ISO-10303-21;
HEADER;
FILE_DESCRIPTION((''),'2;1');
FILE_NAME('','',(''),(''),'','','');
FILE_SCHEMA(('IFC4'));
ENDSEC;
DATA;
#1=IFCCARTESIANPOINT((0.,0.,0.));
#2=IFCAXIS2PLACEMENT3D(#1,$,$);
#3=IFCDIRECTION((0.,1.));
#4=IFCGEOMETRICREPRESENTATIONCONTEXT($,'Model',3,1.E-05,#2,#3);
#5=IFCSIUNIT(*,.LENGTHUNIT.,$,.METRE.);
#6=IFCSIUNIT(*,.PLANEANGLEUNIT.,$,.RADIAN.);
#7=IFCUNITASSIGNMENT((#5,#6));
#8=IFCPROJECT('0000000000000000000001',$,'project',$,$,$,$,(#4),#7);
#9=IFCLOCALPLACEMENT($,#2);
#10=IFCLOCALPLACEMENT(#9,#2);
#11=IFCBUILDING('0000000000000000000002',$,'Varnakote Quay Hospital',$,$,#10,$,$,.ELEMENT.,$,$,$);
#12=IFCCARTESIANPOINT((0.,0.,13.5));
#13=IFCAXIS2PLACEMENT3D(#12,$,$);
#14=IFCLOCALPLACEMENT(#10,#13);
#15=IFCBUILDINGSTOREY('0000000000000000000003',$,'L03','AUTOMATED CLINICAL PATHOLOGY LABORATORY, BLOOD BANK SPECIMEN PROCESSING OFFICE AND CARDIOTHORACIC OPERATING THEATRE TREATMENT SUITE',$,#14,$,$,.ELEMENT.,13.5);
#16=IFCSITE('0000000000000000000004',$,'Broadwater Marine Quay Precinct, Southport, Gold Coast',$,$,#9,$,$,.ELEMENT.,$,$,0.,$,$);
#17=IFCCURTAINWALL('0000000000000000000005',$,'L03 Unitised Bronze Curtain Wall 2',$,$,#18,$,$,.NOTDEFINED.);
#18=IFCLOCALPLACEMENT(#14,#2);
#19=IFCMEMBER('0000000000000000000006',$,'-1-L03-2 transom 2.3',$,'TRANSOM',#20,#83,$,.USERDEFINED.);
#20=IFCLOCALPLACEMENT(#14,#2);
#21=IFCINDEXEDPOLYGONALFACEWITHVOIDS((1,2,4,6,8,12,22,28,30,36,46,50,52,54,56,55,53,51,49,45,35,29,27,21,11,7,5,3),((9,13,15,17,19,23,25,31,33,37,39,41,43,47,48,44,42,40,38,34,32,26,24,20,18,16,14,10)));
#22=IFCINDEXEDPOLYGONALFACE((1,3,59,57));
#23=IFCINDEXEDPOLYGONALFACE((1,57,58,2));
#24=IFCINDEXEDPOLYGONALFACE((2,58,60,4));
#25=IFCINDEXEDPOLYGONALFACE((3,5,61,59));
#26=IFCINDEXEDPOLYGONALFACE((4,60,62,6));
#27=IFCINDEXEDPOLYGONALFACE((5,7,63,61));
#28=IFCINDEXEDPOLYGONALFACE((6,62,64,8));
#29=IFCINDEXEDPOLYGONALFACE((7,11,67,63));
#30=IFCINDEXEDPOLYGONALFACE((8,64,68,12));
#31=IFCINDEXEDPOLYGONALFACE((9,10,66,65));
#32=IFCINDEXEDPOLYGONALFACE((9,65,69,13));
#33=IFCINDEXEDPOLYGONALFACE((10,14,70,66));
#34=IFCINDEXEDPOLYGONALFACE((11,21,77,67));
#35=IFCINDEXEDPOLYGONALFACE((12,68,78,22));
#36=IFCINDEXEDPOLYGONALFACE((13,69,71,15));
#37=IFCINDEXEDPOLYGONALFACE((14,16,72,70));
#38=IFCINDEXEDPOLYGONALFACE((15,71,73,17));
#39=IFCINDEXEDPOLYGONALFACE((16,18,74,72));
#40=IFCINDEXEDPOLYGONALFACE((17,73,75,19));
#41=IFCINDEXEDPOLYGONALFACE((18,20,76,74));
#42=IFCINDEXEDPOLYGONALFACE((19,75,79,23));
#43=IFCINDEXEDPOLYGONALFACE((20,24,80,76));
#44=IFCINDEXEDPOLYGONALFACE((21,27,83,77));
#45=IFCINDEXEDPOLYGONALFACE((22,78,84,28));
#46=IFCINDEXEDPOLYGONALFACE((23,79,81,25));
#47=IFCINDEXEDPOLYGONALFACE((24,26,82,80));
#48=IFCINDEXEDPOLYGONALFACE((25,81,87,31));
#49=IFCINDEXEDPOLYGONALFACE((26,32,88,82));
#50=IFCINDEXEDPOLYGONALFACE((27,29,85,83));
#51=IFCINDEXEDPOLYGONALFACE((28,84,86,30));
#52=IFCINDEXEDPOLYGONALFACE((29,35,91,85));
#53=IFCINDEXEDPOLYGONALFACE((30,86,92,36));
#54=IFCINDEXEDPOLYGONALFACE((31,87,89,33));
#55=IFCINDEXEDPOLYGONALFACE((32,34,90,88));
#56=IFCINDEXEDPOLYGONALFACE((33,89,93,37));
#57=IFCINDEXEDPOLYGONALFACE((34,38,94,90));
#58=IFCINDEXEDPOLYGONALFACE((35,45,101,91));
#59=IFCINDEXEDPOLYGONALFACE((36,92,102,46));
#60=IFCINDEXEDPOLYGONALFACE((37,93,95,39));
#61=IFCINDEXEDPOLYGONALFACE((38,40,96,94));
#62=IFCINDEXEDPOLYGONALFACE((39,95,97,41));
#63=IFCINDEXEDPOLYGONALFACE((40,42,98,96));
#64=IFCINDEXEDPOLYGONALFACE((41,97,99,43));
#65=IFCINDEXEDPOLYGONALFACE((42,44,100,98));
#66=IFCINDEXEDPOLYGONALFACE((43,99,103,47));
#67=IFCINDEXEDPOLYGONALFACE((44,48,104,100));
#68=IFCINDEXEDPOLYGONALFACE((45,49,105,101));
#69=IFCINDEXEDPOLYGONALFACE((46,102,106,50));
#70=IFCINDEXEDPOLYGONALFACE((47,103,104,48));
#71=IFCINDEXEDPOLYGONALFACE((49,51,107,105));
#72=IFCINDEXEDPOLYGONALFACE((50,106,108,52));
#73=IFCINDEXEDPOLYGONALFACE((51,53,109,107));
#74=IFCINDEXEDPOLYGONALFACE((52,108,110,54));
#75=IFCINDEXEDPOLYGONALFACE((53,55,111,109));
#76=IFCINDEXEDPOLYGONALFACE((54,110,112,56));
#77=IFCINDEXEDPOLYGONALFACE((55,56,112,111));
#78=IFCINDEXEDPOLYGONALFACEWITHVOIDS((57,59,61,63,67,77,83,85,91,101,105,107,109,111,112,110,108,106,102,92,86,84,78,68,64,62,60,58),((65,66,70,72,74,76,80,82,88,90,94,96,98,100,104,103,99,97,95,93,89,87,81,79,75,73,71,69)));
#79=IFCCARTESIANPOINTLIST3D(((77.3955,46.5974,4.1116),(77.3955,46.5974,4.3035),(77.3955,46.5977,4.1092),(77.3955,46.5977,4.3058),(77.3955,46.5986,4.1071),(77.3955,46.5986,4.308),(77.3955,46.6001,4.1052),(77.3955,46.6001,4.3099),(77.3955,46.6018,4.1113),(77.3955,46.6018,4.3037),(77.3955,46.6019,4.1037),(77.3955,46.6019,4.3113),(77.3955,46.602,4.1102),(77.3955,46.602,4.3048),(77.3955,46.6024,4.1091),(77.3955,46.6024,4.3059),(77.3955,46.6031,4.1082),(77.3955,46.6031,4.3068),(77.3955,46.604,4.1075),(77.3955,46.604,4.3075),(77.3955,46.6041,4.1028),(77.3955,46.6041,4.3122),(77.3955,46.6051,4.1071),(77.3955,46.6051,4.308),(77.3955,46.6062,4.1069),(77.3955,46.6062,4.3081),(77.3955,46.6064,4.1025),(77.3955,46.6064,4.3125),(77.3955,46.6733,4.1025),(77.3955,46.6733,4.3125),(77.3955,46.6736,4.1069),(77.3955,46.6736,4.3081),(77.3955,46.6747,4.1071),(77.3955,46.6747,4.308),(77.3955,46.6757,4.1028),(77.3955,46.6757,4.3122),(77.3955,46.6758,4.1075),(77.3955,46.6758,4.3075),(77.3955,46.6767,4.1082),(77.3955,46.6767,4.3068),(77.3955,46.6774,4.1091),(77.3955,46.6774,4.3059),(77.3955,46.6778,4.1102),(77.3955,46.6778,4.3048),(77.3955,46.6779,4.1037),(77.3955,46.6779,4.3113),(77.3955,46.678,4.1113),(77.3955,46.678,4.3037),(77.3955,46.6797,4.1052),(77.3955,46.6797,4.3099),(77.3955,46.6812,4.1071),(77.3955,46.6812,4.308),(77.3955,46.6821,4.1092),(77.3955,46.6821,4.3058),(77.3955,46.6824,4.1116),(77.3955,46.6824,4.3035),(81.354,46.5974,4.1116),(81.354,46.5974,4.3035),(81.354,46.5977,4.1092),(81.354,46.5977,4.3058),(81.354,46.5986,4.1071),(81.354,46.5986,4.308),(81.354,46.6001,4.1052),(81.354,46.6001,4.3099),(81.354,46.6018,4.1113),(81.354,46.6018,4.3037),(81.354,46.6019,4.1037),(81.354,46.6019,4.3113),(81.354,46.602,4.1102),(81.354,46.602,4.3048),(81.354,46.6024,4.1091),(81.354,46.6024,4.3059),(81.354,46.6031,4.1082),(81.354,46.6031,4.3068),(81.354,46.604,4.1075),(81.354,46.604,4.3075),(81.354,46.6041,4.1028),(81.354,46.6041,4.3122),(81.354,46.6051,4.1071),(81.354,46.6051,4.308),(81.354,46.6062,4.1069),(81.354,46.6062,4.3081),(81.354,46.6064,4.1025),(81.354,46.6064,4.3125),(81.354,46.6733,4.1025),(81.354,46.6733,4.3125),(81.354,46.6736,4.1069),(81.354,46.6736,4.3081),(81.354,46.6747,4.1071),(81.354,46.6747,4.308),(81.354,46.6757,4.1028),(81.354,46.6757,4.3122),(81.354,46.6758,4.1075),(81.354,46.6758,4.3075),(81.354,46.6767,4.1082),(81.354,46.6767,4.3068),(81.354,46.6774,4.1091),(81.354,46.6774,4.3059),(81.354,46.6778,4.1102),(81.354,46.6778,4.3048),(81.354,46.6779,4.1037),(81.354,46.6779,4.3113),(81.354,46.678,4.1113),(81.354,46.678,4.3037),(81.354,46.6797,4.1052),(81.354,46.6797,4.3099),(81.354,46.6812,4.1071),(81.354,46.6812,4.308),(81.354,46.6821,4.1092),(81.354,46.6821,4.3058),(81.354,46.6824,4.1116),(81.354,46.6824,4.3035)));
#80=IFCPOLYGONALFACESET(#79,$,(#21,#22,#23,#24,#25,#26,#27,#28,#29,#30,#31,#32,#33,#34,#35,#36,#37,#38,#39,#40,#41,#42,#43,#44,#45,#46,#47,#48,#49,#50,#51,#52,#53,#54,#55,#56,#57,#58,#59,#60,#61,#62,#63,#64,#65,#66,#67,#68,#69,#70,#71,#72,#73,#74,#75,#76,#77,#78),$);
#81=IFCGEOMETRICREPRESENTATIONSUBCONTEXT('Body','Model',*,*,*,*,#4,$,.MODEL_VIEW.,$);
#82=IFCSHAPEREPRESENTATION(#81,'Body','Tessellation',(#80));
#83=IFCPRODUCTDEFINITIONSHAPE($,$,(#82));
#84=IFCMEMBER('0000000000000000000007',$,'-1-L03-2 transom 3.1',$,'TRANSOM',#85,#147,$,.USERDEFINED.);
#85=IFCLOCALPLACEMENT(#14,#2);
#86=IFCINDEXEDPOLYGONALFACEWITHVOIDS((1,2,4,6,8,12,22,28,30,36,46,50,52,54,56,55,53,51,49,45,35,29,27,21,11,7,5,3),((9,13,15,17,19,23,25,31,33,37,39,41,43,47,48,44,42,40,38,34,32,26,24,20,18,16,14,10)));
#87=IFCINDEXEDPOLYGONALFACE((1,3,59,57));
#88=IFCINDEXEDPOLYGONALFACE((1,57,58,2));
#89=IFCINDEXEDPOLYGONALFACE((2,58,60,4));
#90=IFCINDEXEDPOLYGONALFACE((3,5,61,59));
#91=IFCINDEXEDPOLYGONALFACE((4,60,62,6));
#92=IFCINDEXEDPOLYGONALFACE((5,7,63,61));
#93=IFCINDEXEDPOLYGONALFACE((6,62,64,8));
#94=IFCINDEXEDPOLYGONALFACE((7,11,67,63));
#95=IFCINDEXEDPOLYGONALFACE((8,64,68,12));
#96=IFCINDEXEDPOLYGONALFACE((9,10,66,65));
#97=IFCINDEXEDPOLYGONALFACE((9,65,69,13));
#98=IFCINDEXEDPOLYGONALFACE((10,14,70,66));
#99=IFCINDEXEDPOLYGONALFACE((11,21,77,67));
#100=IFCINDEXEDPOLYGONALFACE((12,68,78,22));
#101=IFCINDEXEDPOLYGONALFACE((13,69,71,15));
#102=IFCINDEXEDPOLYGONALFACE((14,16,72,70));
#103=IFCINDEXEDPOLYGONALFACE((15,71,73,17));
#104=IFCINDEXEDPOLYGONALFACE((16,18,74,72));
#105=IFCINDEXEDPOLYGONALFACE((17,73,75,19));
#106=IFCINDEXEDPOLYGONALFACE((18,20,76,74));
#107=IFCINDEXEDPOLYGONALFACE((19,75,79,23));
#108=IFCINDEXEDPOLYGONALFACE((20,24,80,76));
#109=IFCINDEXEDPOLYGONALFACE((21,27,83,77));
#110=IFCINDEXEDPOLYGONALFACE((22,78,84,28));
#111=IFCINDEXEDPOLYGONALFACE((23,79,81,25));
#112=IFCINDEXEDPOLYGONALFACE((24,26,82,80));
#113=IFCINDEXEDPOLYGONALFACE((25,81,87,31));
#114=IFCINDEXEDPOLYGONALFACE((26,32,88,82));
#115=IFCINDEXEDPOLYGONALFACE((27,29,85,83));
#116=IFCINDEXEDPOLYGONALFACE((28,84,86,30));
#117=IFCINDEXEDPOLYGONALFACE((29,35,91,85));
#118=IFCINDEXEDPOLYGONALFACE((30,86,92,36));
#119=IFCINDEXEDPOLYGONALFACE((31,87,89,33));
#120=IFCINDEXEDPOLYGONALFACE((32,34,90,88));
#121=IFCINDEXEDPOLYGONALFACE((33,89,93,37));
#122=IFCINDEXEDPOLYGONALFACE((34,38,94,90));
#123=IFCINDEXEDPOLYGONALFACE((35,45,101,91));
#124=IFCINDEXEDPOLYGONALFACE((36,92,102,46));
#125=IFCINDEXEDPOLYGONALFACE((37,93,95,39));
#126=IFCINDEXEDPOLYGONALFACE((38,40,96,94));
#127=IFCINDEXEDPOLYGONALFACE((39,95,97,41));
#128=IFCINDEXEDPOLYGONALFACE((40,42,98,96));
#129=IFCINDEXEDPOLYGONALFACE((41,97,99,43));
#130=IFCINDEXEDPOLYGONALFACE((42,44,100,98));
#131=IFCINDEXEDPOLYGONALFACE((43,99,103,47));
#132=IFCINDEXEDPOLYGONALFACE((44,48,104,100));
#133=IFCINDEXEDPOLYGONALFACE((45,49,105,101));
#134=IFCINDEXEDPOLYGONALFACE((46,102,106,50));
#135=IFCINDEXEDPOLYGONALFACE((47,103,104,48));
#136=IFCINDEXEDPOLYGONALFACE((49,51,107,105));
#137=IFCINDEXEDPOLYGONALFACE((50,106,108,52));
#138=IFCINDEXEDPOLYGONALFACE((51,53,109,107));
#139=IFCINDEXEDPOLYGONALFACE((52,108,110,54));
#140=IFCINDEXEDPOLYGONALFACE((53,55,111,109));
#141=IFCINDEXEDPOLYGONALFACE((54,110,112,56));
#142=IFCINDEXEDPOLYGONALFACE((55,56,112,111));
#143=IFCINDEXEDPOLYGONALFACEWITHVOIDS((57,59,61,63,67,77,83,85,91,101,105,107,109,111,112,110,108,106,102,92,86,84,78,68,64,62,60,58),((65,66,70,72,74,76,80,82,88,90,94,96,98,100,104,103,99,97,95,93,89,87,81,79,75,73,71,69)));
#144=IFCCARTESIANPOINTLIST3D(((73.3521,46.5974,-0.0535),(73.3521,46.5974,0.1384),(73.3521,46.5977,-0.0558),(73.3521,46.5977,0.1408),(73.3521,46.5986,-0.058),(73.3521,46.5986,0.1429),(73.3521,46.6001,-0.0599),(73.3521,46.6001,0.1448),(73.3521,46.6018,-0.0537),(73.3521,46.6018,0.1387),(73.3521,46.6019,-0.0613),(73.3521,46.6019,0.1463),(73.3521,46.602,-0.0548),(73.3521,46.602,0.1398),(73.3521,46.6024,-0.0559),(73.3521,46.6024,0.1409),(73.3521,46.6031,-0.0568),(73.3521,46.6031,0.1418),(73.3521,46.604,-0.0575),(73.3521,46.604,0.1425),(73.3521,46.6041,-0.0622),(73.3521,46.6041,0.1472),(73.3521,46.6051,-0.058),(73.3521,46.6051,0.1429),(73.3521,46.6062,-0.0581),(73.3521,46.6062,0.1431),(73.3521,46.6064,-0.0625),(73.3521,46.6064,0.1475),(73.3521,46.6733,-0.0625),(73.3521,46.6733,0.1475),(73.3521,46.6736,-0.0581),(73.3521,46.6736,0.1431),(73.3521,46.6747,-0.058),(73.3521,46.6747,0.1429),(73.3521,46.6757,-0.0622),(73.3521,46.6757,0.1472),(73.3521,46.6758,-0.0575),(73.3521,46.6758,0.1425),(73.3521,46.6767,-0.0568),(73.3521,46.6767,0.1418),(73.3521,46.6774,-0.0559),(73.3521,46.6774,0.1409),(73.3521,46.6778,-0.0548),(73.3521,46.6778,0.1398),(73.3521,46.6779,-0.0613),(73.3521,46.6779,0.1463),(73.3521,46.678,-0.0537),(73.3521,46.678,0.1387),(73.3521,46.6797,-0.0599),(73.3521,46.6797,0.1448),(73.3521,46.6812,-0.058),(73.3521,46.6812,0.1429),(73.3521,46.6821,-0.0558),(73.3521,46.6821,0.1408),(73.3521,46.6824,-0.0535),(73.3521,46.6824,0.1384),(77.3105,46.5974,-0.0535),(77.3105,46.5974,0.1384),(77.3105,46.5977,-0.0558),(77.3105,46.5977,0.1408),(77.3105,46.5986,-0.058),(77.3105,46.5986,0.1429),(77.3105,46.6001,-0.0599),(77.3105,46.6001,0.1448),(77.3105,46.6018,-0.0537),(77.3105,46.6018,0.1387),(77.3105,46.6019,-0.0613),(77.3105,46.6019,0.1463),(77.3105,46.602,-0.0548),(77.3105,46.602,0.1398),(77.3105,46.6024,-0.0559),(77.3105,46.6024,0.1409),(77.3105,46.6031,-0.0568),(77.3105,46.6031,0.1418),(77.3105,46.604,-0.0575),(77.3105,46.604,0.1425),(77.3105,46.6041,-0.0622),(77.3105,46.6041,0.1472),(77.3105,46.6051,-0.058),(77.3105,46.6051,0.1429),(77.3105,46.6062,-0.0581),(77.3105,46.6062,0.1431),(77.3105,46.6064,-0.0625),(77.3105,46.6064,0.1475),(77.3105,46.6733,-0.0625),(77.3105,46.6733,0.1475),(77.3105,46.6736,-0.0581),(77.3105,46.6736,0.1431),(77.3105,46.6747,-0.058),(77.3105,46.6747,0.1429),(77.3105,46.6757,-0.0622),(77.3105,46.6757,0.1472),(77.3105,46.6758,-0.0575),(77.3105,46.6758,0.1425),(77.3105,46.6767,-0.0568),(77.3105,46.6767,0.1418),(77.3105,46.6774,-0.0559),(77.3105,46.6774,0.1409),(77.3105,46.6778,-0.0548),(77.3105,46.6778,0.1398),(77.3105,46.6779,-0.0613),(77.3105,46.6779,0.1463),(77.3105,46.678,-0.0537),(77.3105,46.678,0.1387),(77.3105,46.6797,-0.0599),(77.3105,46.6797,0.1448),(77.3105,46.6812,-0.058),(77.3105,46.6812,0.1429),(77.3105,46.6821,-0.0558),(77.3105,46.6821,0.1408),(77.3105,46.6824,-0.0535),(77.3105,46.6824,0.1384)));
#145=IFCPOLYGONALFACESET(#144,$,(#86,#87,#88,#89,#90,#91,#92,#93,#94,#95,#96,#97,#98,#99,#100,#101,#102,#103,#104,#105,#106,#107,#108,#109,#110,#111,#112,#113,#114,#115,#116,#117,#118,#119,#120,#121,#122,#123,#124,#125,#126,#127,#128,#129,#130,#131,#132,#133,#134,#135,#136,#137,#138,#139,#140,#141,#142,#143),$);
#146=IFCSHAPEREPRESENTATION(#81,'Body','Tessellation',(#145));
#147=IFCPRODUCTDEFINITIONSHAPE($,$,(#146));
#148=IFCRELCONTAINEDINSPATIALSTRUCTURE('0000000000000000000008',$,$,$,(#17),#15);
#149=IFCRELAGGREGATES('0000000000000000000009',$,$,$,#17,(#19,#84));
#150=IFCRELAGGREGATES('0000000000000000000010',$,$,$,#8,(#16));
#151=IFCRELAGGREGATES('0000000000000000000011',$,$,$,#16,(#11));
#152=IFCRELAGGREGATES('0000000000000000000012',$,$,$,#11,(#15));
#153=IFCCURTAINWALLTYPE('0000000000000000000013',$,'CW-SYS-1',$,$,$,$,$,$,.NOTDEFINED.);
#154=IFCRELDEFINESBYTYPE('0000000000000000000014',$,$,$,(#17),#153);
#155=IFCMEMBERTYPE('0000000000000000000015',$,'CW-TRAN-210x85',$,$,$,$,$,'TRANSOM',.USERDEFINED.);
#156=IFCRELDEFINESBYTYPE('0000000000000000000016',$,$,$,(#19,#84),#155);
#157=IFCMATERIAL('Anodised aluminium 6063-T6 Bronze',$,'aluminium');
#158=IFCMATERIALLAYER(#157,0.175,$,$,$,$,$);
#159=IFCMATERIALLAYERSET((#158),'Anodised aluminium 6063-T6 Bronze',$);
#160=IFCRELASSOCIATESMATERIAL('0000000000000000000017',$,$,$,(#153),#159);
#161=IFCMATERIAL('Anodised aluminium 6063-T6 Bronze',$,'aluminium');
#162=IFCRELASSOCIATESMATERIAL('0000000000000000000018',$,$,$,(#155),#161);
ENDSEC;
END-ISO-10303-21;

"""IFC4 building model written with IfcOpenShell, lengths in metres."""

from ifc_helpers import new_model, si_unit, direction, frame, origin, origin_2d, place, context, subcontext, project, spatial, hollow_rectangle, extrude, material, layer, layer_set, material_profile, profile_set, type_object, element, aggregate, save


model = new_model("IFC4")

# Units and contexts
model_context = context("Model", 3, precision=1e-05, world=origin(), true_north=direction((0.0, 1.0)))
body_context = subcontext(model_context, "Body", "Model", "MODEL_VIEW")
ifc_project = project(units=[si_unit("LENGTHUNIT", "METRE"), si_unit("PLANEANGLEUNIT", "RADIAN")], contexts=[model_context])

# Site, building, storey
site_placement = place(None, origin())
site = spatial("IfcSite", under=ifc_project, at=site_placement, Name="Broadwater Marine Quay Precinct, Southport, Gold Coast", CompositionType="ELEMENT", RefElevation=0.0)
building_placement = place(site_placement, origin())
building = spatial("IfcBuilding", under=site, at=building_placement, Name="Varnakote Quay Hospital", CompositionType="ELEMENT")
storey_placement = place(building_placement, frame((0.0, 0.0, 13.5)))
storey = spatial("IfcBuildingStorey", under=building, at=storey_placement, Name="L03", Description="AUTOMATED CLINICAL PATHOLOGY LABORATORY, BLOOD BANK SPECIMEN PROCESSING OFFICE AND CARDIOTHORACIC OPERATING THEATRE TREATMENT SUITE", CompositionType="ELEMENT", Elevation=13.5)

# Shared definitions
ifc_material_1 = material(Name="Anodised aluminium 6063-T6 Bronze", Category="aluminium")
ifc_layer_1 = layer(ifc_material_1, 0.175)
ifc_layer_set_1 = layer_set([ifc_layer_1], Name="Anodised aluminium 6063-T6 Bronze")
curtain_wall_type = type_object("IfcCurtainWallType", Name="CW-SYS-1", PredefinedType="NOTDEFINED", material=ifc_layer_set_1)

# Curtain wall, members
curtain_wall_1_placement = place(storey_placement, origin())
curtain_wall_1 = element("IfcCurtainWall", 1, at=curtain_wall_1_placement, inside=storey, type_object=curtain_wall_type, Name="L03 Unitised Bronze Curtain Wall 2", PredefinedType="NOTDEFINED")
ifc_material_2 = material(Name="Anodised aluminium 6063-T6 Bronze", Category="aluminium")
ifc_material_profile_1 = material_profile(ifc_material_2, hollow_rectangle(XDim=0.085, YDim=0.21, WallThickness=0.0044, InnerFilletRadius=0.0044, OuterFilletRadius=0.009, at=origin_2d()), Name="CW-TRAN-210x85")
ifc_profile_set_1 = profile_set([ifc_material_profile_1], Name="Anodised aluminium 6063-T6 Bronze")
member_type_1 = type_object("IfcMemberType", Name="CW-TRAN-210x85", ElementType="TRANSOM", PredefinedType="USERDEFINED", material=ifc_profile_set_1)
member_1_placement = place(storey_placement, frame((81.354, 46.6399, 4.2075), z_axis=(-1.0, 0.0, 0.0), x_axis=(0.0, -1.0, 0.0)))
member_1 = element("IfcMember", 2, at=member_1_placement, type_object=member_type_1, Name="-1-L03-2 transom 2.3", ObjectType="TRANSOM", PredefinedType="USERDEFINED", context=body_context, shape_type="SweptSolid", body=[
    extrude(hollow_rectangle(XDim=0.085, YDim=0.21, WallThickness=0.0044, InnerFilletRadius=0.0044, OuterFilletRadius=0.009, at=origin_2d()), origin(), (0.0, 0.0, 1.0), 3.9585),
])
member_2_placement = place(storey_placement, frame((77.3105, 46.6399, 0.0425), z_axis=(-1.0, 0.0, 0.0), x_axis=(0.0, -1.0, 0.0)))
member_2 = element("IfcMember", 3, at=member_2_placement, type_object=member_type_1, Name="-1-L03-2 transom 3.1", ObjectType="TRANSOM", PredefinedType="USERDEFINED", context=body_context, shape_type="SweptSolid", body=[
    extrude(hollow_rectangle(XDim=0.085, YDim=0.21, WallThickness=0.0044, InnerFilletRadius=0.0044, OuterFilletRadius=0.009, at=origin_2d()), origin(), (0.0, 0.0, 1.0), 3.9585),
])

aggregate(curtain_wall_1, [member_1, member_2])

save(model, "model.ifc")
